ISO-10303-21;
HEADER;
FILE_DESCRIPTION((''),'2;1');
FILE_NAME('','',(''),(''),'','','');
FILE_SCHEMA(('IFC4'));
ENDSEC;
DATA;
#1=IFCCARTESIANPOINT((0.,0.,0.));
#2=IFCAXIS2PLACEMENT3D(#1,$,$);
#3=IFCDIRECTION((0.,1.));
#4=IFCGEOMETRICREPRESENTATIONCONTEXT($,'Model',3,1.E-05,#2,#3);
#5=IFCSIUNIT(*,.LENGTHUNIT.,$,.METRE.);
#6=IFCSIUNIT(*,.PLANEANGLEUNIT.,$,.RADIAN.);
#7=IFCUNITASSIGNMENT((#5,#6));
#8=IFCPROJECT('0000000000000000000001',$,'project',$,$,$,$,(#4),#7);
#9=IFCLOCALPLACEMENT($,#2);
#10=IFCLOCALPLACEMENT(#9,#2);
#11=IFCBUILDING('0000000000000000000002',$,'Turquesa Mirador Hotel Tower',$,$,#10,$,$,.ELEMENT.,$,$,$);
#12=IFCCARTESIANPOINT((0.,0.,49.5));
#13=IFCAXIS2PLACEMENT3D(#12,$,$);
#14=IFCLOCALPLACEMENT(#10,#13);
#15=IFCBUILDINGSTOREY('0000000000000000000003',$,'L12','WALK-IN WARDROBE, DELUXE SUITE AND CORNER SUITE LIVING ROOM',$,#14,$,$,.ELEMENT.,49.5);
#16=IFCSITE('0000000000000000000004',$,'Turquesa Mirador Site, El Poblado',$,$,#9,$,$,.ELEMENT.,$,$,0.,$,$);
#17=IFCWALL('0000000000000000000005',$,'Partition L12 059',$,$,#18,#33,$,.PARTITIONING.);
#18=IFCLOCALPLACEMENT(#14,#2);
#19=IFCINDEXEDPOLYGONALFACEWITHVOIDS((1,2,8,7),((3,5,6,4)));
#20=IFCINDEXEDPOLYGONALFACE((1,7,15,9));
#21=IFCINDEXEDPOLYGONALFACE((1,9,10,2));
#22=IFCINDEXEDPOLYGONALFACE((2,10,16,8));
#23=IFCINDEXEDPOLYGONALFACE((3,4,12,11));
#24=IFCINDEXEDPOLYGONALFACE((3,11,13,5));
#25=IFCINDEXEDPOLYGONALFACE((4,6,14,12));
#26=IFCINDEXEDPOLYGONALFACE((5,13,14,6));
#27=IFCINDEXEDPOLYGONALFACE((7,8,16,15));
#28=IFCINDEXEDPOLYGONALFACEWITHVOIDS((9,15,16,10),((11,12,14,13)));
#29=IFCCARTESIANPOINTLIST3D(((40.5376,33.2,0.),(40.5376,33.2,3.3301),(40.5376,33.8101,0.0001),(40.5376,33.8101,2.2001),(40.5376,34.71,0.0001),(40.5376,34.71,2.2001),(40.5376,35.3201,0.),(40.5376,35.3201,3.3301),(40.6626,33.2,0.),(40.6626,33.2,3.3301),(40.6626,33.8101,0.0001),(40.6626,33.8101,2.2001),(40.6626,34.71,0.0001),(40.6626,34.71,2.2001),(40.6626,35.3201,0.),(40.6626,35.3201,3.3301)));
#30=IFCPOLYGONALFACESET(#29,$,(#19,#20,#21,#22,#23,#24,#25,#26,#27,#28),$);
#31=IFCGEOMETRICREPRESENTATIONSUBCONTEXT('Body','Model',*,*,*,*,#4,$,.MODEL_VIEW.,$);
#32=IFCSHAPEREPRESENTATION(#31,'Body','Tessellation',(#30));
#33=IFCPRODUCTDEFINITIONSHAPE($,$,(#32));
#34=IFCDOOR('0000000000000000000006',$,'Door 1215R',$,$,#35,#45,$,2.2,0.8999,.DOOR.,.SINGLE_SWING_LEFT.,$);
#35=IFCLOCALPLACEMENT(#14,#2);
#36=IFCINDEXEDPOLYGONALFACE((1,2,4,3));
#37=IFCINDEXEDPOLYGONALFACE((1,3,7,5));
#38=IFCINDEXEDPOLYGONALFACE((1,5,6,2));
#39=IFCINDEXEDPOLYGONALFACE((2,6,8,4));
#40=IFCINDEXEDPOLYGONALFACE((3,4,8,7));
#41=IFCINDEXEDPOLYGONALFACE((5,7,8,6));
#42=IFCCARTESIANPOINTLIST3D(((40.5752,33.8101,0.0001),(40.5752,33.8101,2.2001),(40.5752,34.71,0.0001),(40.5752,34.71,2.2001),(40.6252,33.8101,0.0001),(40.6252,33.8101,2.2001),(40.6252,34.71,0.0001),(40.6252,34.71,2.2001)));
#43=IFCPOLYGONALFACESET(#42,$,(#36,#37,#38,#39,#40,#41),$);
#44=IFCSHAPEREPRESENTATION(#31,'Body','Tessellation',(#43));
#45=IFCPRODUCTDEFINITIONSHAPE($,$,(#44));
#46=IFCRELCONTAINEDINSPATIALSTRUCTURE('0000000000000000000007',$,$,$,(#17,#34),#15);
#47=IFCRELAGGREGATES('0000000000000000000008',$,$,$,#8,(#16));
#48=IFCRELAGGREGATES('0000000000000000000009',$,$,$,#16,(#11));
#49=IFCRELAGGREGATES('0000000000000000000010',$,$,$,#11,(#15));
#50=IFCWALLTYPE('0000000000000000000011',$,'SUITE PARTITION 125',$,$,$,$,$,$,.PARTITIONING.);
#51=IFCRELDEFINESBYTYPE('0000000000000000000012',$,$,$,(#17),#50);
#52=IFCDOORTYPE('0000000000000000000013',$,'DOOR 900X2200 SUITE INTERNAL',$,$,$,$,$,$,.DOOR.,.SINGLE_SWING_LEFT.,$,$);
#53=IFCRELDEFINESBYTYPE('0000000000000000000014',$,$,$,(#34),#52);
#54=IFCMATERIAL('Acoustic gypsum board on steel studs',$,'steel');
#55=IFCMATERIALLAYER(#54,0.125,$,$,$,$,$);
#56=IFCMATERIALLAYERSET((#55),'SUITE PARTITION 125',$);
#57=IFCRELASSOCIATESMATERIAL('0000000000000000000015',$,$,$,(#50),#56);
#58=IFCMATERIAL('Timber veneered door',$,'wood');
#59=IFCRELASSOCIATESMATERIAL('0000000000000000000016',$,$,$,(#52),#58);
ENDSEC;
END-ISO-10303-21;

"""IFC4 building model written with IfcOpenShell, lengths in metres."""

from ifc_helpers import new_model, si_unit, direction, frame, frame_2d, origin, place, context, subcontext, project, spatial, rectangle, extrude, material, layer, layer_set, type_object, element, fill, save


model = new_model("IFC4")

# Units and contexts
model_context = context("Model", 3, precision=1e-05, world=origin(), true_north=direction((0.0, 1.0)))
body_context = subcontext(model_context, "Body", "Model", "MODEL_VIEW")
ifc_project = project(units=[si_unit("LENGTHUNIT", "METRE"), si_unit("PLANEANGLEUNIT", "RADIAN")], contexts=[model_context])

# Site, building, storey
site_placement = place(None, origin())
site = spatial("IfcSite", under=ifc_project, at=site_placement, Name="Turquesa Mirador Site, El Poblado", CompositionType="ELEMENT", RefElevation=0.0)
building_placement = place(site_placement, origin())
building = spatial("IfcBuilding", under=site, at=building_placement, Name="Turquesa Mirador Hotel Tower", CompositionType="ELEMENT")
storey_placement = place(building_placement, frame((0.0, 0.0, 49.5)))
storey = spatial("IfcBuildingStorey", under=building, at=storey_placement, Name="L12", Description="WALK-IN WARDROBE, DELUXE SUITE AND CORNER SUITE LIVING ROOM", CompositionType="ELEMENT", Elevation=49.5)

# Wall, opening, door
ifc_material_1 = material(Name="Acoustic gypsum board on steel studs", Category="steel")
ifc_layer_1 = layer(ifc_material_1, 0.125)
ifc_layer_set_1 = layer_set([ifc_layer_1], Name="SUITE PARTITION 125")
wall_type_1 = type_object("IfcWallType", Name="SUITE PARTITION 125", PredefinedType="PARTITIONING", material=ifc_layer_set_1)
wall_1_placement = place(storey_placement, frame((40.6001, 33.2, 0.0), z_axis=(0.0, 0.0, 1.0), x_axis=(0.0, 1.0, 0.0)))
wall_1 = element("IfcWall", 1, at=wall_1_placement, inside=storey, type_object=wall_type_1, Name="Partition L12 059", PredefinedType="PARTITIONING", context=body_context, shape_type="SweptSolid", body=[
    extrude(rectangle(XDim=2.1201, YDim=0.125, at=frame_2d((1.0601, 0.0))), origin(), (0.0, 0.0, 1.0), 3.3301),
])
opening_1_placement = place(wall_1_placement, frame((0.6101, 0.0, 0.0)))
opening_1 = element("IfcOpeningElement", 2, at=opening_1_placement, cuts=wall_1, PredefinedType="OPENING", context=body_context, shape_type="SweptSolid", body=[
    extrude(rectangle(XDim=0.8999, YDim=2.2, at=frame_2d((0.45, 1.1001))), frame((0.0, 0.0725, 0.0), z_axis=(0.0, -1.0, 0.0), x_axis=(1.0, 0.0, 0.0)), (0.0, 0.0, 1.0), 0.145),
])
ifc_material_2 = material(Name="Timber veneered door", Category="wood")
door_type_1 = type_object("IfcDoorType", Name="DOOR 900X2200 SUITE INTERNAL", OperationType="SINGLE_SWING_LEFT", PredefinedType="DOOR", material=ifc_material_2)
door_1_placement = place(opening_1_placement, origin())
door_1 = element("IfcDoor", 3, at=door_1_placement, inside=storey, type_object=door_type_1, Name="Door 1215R", OperationType="SINGLE_SWING_LEFT", OverallHeight=2.2, OverallWidth=0.8999, PredefinedType="DOOR", context=body_context, shape_type="SweptSolid", body=[
    extrude(rectangle(XDim=0.8999, YDim=2.2, at=frame_2d((0.45, 1.1001))), frame((0.0, 0.0249, 0.0), z_axis=(0.0, -1.0, 0.0), x_axis=(1.0, 0.0, 0.0)), (0.0, 0.0, 1.0), 0.05),
])
fill(opening_1, door_1)

save(model, "model.ifc")
